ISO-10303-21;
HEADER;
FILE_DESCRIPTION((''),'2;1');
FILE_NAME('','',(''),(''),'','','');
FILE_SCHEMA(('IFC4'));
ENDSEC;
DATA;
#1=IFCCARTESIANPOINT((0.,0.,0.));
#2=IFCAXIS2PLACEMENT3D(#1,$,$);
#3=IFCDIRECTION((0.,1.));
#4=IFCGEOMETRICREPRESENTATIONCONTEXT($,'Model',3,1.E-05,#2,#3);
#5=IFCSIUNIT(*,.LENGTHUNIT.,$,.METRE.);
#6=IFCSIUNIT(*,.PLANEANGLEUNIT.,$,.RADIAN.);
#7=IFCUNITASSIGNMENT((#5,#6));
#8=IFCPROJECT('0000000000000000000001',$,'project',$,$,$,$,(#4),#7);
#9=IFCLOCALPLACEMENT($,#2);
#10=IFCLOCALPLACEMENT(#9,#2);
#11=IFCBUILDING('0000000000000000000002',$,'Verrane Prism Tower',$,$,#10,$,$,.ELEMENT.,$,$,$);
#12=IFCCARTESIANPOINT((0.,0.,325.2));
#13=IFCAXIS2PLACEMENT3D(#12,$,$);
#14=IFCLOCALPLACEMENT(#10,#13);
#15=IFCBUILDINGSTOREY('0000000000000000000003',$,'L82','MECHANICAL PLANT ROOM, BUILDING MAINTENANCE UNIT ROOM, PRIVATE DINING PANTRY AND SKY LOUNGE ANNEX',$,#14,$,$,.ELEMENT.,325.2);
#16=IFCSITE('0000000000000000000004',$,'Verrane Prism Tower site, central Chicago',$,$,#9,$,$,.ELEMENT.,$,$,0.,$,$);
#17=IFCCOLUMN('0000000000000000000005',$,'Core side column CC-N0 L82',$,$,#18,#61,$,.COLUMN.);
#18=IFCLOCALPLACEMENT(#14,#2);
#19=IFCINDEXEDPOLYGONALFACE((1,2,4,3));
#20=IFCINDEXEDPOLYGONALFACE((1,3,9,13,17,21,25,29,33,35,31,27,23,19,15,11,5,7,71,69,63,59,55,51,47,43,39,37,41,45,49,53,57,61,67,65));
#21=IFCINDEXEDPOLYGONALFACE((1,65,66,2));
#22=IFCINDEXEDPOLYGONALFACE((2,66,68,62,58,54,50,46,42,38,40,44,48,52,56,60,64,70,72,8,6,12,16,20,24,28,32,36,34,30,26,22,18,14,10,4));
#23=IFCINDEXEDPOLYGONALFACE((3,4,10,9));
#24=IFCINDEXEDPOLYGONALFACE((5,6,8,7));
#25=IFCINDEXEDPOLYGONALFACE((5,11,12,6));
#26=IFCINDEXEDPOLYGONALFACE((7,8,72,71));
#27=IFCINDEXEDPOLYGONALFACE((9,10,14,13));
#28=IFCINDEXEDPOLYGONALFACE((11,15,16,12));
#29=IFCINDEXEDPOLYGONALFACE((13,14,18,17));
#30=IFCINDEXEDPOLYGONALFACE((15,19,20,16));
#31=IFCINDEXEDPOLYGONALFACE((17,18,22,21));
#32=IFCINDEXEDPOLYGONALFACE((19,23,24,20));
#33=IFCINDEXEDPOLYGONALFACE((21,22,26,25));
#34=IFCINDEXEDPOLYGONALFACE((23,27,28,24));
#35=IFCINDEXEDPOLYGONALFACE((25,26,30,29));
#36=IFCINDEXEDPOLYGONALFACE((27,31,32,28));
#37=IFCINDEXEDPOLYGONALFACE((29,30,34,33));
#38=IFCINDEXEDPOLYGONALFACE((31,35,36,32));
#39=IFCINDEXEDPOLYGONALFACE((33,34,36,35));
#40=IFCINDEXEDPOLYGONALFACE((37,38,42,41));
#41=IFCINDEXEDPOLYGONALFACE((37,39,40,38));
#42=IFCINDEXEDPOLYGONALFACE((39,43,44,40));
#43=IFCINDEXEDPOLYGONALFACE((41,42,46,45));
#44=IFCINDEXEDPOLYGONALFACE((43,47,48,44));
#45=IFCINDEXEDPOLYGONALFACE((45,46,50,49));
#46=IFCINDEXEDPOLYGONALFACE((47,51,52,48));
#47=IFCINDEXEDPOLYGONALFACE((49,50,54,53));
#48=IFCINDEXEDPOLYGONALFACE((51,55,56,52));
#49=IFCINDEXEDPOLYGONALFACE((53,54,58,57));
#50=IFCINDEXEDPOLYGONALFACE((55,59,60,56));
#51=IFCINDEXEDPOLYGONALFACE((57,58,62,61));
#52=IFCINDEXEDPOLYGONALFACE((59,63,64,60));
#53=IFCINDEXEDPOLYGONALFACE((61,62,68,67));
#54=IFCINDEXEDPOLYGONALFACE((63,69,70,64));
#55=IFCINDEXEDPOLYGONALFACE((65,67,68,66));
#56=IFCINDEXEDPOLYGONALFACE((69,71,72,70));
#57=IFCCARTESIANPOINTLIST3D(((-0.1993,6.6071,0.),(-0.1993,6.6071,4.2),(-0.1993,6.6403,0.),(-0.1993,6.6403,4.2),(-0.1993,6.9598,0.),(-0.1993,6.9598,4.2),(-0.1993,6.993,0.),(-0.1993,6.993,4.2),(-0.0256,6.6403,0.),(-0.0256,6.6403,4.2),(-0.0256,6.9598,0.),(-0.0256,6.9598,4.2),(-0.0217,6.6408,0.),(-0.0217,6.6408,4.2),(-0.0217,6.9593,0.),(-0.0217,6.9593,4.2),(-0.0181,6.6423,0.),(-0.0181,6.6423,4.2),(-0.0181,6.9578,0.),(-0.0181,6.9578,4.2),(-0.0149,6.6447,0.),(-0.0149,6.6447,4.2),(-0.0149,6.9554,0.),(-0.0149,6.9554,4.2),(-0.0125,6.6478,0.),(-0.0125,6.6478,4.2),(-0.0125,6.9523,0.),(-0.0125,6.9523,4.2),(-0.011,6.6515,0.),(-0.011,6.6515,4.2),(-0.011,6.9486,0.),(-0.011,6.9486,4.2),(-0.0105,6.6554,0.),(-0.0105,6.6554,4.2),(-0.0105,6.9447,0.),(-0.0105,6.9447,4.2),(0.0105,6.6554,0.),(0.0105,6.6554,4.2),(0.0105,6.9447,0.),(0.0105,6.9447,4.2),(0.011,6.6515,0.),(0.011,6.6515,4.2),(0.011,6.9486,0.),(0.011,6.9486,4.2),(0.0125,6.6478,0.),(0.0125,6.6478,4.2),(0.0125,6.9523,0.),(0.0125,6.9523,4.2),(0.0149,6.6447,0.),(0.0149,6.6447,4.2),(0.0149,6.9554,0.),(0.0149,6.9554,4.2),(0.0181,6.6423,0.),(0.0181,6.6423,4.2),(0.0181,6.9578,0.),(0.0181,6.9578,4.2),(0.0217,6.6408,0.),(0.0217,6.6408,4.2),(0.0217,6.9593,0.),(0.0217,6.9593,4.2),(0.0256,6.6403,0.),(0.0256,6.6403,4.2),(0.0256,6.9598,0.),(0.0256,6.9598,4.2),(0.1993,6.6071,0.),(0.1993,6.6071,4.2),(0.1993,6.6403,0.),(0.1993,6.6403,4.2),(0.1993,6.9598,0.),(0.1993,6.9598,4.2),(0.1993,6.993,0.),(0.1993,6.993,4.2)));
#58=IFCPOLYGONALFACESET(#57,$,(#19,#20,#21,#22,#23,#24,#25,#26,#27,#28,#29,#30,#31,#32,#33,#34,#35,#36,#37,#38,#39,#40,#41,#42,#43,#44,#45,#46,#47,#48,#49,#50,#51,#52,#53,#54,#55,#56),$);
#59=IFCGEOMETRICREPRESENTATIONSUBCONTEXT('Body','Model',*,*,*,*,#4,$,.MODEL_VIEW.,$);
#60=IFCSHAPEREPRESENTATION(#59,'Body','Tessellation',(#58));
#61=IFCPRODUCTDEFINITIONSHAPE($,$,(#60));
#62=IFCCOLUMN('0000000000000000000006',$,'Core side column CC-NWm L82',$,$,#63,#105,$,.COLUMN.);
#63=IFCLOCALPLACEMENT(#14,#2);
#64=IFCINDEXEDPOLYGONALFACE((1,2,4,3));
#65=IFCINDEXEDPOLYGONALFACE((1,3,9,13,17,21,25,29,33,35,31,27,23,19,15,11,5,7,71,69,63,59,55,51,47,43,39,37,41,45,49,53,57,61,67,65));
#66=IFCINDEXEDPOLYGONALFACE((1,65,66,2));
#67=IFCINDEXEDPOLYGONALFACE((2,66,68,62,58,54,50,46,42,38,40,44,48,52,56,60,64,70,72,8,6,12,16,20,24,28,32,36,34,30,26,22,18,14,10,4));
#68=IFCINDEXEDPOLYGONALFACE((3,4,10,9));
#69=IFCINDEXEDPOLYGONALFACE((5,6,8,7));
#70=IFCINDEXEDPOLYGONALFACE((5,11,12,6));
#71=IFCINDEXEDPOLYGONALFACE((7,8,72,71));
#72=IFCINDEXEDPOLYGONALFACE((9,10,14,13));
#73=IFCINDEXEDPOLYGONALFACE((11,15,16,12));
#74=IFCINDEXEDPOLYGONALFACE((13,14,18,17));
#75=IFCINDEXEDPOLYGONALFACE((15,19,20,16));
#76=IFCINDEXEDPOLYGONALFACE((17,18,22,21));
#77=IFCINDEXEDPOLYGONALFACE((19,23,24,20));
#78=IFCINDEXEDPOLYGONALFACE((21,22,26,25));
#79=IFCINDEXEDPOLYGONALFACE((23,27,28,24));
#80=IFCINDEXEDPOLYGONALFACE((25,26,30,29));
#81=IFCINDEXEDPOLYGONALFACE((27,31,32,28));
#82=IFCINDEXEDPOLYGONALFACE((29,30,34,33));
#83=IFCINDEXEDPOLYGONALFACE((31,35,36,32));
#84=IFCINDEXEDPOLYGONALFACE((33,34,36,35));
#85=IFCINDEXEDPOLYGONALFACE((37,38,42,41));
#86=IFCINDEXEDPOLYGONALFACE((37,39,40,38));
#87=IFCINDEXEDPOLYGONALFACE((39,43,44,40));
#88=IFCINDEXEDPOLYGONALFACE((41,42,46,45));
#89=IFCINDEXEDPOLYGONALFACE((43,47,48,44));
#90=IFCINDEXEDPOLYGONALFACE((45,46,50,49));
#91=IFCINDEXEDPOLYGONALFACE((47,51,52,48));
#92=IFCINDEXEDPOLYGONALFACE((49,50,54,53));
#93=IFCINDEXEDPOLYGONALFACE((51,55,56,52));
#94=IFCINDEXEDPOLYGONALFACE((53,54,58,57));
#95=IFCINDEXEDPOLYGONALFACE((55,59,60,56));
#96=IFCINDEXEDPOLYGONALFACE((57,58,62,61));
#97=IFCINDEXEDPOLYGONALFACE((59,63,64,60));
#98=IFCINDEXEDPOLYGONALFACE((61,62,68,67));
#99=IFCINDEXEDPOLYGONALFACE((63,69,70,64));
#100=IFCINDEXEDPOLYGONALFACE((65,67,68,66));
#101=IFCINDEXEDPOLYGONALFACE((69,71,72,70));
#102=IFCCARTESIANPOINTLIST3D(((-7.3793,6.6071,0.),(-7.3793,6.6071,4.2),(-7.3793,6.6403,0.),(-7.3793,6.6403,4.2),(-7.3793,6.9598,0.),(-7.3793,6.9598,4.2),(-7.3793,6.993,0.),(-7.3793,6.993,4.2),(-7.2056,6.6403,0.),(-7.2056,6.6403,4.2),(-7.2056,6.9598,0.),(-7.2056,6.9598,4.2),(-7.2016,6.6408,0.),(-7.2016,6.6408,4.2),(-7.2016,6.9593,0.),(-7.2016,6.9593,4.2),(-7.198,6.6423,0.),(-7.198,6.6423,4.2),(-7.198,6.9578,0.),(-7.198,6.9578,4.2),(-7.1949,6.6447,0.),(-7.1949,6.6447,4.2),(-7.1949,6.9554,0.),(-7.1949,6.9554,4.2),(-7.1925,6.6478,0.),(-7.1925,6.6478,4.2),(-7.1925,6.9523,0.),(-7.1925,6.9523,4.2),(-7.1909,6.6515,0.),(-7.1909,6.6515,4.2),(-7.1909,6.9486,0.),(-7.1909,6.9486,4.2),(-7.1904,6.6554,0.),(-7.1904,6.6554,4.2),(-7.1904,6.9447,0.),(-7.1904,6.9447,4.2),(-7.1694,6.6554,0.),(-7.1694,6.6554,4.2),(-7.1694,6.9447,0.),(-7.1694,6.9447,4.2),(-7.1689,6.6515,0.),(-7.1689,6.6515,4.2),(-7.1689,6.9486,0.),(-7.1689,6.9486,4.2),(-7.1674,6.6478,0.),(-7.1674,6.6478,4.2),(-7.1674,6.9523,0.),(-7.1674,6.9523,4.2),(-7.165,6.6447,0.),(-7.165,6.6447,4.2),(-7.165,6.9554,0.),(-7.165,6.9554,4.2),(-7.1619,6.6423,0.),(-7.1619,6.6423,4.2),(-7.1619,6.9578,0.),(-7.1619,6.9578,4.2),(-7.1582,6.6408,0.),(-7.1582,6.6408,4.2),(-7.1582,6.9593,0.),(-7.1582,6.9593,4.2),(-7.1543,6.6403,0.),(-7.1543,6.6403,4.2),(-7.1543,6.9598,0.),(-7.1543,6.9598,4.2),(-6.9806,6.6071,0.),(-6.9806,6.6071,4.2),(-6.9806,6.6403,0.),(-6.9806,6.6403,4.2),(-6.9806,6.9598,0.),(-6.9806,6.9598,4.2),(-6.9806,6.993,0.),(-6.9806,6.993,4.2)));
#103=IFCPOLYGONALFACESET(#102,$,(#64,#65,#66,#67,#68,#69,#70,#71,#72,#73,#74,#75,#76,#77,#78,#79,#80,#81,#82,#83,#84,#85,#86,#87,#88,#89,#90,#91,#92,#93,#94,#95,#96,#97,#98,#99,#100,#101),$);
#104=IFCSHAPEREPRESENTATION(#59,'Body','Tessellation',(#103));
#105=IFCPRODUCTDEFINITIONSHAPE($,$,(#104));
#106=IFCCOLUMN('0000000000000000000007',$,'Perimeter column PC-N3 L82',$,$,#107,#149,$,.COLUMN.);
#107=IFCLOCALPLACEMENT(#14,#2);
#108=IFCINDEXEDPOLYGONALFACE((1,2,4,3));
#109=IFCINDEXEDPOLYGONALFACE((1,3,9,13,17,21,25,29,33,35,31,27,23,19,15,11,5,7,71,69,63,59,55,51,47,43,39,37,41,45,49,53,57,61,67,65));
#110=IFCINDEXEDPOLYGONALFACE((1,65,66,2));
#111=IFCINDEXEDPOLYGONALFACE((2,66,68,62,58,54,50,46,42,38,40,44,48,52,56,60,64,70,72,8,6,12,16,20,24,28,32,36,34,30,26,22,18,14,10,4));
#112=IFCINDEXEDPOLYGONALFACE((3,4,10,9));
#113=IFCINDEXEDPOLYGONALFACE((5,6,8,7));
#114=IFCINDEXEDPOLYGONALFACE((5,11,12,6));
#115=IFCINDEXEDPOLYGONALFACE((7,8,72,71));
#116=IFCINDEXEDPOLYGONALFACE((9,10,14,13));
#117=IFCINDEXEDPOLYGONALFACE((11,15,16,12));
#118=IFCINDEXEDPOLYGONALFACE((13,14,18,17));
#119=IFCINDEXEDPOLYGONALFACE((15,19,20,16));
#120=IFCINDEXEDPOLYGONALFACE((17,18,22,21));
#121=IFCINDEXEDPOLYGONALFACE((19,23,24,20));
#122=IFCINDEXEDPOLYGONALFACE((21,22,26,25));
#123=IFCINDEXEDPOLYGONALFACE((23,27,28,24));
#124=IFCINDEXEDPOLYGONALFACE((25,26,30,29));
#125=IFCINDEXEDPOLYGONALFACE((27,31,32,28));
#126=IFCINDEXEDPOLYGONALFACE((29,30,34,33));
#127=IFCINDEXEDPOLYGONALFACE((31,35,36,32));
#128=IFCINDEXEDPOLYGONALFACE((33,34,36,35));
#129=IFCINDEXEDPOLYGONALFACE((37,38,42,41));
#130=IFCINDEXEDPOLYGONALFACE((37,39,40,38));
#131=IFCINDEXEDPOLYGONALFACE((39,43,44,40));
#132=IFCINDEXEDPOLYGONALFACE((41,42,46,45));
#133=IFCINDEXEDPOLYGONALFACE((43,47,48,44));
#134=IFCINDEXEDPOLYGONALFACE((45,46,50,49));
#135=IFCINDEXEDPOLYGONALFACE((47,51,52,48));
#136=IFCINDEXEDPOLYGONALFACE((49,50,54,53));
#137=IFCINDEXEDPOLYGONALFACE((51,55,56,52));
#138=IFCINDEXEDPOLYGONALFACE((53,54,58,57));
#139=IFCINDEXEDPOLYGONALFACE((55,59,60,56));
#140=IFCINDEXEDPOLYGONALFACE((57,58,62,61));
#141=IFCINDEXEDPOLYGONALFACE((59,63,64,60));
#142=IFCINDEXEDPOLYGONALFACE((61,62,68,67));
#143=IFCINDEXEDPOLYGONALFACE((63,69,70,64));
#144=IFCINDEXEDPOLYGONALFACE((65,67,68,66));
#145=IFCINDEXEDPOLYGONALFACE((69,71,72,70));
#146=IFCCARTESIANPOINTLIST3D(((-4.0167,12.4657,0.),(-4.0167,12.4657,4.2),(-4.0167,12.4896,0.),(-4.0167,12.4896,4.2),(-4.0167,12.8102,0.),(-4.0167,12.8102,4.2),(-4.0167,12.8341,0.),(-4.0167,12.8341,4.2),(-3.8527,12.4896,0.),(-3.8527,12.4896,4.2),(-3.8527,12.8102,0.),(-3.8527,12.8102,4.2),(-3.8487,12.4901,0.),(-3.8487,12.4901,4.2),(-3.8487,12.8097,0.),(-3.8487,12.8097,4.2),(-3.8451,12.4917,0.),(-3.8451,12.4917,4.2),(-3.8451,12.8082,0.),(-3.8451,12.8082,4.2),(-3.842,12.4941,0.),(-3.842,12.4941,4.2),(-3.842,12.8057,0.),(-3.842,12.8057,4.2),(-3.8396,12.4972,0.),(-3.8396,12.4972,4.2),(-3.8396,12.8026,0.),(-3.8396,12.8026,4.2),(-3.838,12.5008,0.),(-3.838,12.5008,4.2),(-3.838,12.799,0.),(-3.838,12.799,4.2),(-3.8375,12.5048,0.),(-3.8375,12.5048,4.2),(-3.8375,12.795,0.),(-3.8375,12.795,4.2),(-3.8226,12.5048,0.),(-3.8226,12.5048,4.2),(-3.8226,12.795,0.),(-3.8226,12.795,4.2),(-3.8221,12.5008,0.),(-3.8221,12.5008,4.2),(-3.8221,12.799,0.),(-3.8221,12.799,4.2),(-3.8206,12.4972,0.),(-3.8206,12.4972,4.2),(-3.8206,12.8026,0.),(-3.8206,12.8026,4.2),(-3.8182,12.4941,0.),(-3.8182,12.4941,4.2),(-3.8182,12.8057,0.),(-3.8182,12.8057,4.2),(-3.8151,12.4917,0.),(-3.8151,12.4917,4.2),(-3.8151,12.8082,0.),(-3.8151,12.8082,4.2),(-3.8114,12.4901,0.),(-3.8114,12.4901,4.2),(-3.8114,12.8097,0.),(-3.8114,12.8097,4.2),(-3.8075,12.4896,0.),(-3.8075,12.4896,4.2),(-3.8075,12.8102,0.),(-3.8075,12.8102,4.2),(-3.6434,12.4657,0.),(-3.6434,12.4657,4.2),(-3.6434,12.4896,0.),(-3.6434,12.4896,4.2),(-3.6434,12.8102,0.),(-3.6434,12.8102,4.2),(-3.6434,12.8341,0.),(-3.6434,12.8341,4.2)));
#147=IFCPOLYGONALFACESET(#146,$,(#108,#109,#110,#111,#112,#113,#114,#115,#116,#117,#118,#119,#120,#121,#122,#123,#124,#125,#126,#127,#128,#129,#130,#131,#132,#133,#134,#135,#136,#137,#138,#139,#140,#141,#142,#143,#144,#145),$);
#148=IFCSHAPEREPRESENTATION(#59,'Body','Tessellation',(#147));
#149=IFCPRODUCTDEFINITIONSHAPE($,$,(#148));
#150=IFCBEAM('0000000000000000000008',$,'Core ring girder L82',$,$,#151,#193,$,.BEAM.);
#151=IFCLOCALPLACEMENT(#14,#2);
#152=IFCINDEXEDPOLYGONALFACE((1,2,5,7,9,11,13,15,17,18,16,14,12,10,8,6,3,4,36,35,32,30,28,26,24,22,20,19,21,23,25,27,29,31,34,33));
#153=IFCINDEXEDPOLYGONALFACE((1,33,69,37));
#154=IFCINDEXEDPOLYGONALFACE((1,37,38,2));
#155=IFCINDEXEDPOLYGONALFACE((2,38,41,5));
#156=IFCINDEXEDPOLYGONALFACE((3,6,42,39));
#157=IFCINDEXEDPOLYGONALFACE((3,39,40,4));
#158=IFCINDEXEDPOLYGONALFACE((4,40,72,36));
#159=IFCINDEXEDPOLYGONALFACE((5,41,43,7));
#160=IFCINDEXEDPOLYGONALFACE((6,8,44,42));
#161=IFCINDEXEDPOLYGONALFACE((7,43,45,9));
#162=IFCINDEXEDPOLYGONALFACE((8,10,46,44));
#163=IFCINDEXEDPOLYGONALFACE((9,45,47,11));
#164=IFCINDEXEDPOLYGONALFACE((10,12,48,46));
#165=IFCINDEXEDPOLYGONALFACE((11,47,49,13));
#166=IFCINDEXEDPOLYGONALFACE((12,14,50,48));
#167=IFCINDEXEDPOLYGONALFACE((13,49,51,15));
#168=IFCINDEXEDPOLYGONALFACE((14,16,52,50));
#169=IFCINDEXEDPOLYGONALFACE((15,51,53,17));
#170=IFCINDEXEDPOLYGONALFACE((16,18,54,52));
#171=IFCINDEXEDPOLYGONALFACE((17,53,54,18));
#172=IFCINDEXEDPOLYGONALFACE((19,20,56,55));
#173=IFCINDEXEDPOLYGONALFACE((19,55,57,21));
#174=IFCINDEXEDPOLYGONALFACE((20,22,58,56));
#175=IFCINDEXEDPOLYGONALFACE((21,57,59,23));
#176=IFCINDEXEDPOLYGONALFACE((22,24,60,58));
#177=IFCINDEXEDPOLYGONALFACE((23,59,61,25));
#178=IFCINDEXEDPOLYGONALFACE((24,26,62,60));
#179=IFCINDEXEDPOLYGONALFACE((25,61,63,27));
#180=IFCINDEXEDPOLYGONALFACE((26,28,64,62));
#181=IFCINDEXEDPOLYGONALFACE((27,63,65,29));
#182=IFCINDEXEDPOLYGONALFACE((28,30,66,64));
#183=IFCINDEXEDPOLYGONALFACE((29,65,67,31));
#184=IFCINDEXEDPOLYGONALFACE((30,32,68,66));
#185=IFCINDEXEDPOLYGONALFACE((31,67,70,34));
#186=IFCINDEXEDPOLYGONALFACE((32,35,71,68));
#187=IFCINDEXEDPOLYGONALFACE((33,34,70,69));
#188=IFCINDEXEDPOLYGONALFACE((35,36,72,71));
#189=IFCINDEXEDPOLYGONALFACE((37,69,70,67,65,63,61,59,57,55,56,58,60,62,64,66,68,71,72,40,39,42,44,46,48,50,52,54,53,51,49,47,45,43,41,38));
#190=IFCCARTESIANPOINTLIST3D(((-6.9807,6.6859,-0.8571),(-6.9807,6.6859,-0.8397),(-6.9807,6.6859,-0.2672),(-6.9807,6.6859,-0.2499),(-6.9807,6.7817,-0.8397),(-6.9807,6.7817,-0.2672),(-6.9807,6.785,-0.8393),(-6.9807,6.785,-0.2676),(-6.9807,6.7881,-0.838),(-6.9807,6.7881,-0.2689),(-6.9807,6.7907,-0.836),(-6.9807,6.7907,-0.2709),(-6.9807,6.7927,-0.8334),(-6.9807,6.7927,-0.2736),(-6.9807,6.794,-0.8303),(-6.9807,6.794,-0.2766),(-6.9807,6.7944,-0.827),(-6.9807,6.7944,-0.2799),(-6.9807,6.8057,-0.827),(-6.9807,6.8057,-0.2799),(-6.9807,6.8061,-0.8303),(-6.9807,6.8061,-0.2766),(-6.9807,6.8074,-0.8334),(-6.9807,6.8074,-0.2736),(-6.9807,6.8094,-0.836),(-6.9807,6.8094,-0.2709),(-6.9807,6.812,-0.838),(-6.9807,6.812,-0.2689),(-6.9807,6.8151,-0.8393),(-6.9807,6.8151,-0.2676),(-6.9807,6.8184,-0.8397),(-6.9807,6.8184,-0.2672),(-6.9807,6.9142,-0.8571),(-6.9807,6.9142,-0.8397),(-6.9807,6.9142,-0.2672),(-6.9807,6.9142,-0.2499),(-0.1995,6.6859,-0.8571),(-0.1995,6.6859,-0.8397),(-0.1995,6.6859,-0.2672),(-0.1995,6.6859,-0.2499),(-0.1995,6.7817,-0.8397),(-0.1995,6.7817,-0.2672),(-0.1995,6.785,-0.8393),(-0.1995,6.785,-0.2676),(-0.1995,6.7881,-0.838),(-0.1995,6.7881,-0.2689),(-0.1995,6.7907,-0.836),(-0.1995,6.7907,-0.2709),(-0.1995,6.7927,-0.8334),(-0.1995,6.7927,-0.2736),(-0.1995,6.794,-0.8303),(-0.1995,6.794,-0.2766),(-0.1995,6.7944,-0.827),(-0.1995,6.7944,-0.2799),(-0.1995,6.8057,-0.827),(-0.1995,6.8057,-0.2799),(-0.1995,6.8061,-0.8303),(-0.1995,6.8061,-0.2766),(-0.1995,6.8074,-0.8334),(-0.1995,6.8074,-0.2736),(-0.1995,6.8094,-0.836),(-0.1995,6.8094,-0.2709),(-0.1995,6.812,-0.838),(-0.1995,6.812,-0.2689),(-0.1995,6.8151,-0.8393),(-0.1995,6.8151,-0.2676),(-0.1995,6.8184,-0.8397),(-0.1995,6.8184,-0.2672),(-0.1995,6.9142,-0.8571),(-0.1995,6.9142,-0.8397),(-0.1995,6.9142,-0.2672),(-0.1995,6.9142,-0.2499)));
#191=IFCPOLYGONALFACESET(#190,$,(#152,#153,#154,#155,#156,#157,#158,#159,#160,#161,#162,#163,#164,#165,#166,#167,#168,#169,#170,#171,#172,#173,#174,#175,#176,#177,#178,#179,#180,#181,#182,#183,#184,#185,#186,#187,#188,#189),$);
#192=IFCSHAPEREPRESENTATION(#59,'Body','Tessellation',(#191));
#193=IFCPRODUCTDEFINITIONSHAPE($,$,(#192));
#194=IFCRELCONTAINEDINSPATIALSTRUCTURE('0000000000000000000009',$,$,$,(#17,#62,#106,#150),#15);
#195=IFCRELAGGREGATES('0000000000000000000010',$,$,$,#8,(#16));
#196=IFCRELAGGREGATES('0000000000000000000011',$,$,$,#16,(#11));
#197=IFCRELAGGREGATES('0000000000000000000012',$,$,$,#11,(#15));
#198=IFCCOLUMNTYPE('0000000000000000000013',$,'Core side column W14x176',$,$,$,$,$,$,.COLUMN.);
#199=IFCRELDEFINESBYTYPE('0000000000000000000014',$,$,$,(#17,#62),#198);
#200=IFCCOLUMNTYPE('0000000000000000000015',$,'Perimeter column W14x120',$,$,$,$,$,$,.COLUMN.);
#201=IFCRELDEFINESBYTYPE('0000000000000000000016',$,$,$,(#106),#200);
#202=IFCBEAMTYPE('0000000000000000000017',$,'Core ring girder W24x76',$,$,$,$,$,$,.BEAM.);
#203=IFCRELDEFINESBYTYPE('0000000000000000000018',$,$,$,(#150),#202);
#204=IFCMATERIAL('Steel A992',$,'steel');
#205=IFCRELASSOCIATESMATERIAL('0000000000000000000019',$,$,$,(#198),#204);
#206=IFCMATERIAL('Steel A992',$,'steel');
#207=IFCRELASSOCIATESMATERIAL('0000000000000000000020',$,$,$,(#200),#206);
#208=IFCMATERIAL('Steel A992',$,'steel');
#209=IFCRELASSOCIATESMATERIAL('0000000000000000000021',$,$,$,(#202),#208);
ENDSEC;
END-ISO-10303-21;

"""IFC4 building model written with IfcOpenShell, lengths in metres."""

from ifc_helpers import new_model, si_unit, direction, frame, origin, origin_2d, place, context, subcontext, project, spatial, i_section, extrude, material, material_profile, profile_set, type_object, element, save


model = new_model("IFC4")

# Units and contexts
model_context = context("Model", 3, precision=1e-05, world=origin(), true_north=direction((0.0, 1.0)))
body_context = subcontext(model_context, "Body", "Model", "MODEL_VIEW")
ifc_project = project(units=[si_unit("LENGTHUNIT", "METRE"), si_unit("PLANEANGLEUNIT", "RADIAN")], contexts=[model_context])

# Site, building, storey
site_placement = place(None, origin())
site = spatial("IfcSite", under=ifc_project, at=site_placement, Name="Verrane Prism Tower site, central Chicago", CompositionType="ELEMENT", RefElevation=0.0)
building_placement = place(site_placement, origin())
building = spatial("IfcBuilding", under=site, at=building_placement, Name="Verrane Prism Tower", CompositionType="ELEMENT")
storey_placement = place(building_placement, frame((0.0, 0.0, 325.2)))
storey = spatial("IfcBuildingStorey", under=building, at=storey_placement, Name="L82", Description="MECHANICAL PLANT ROOM, BUILDING MAINTENANCE UNIT ROOM, PRIVATE DINING PANTRY AND SKY LOUNGE ANNEX", CompositionType="ELEMENT", Elevation=325.2)

# Columns
ifc_material_1 = material(Name="Steel A992", Category="steel")
ifc_material_profile_1 = material_profile(ifc_material_1, i_section(OverallWidth=0.3987, OverallDepth=0.386, WebThickness=0.021, FlangeThickness=0.0332, FilletRadius=0.0151, at=origin_2d()), Name="W14x176")
ifc_profile_set_1 = profile_set([ifc_material_profile_1], Name="Steel A992")
column_type_1 = type_object("IfcColumnType", Name="Core side column W14x176", PredefinedType="COLUMN", material=ifc_profile_set_1)
for number, where, z_axis, x_axis, name in (
    (1, (0.0, 6.8, 0.0), (0.0, 0.0, 1.0), (1.0, 0.0, 0.0), "Core side column CC-N0 L82"),
    (2, (-7.1799, 6.8, 0.0), (0.0, 0.0, 1.0), (1.0, 0.0, 0.0), "Core side column CC-NWm L82"),
):
    element("IfcColumn", number, at=place(storey_placement, frame(where, z_axis=z_axis, x_axis=x_axis)), inside=storey, type_object=column_type_1, Name=name, PredefinedType="COLUMN", context=body_context, shape_type="SweptSolid", body=[
        extrude(i_section(OverallWidth=0.3987, OverallDepth=0.386, WebThickness=0.021, FlangeThickness=0.0332, FilletRadius=0.0151, at=origin_2d()), origin(), (0.0, 0.0, 1.0), 4.2),
    ])
ifc_material_2 = material(Name="Steel A992", Category="steel")
ifc_material_profile_2 = material_profile(ifc_material_2, i_section(OverallWidth=0.3733, OverallDepth=0.3684, WebThickness=0.0149, FlangeThickness=0.0239, FilletRadius=0.0151, at=origin_2d()), Name="W14x120")
ifc_profile_set_2 = profile_set([ifc_material_profile_2], Name="Steel A992")
column_type_2 = type_object("IfcColumnType", Name="Perimeter column W14x120", PredefinedType="COLUMN", material=ifc_profile_set_2)
column_placement = place(storey_placement, frame((-3.8301, 12.6499, 0.0), z_axis=(0.0, 0.0, 1.0), x_axis=(1.0, 0.0, 0.0)))
element("IfcColumn", 3, at=column_placement, inside=storey, type_object=column_type_2, Name="Perimeter column PC-N3 L82", PredefinedType="COLUMN", context=body_context, shape_type="SweptSolid", body=[
    extrude(i_section(OverallWidth=0.3733, OverallDepth=0.3684, WebThickness=0.0149, FlangeThickness=0.0239, FilletRadius=0.0151, at=origin_2d()), origin(), (0.0, 0.0, 1.0), 4.2),
])

# Beam
ifc_material_3 = material(Name="Steel A992", Category="steel")
ifc_material_profile_3 = material_profile(ifc_material_3, i_section(OverallWidth=0.2283, OverallDepth=0.6072, WebThickness=0.0112, FlangeThickness=0.0173, FilletRadius=0.0127, at=origin_2d()), Name="W24x76")
ifc_profile_set_3 = profile_set([ifc_material_profile_3], Name="Steel A992")
beam_type_1 = type_object("IfcBeamType", Name="Core ring girder W24x76", PredefinedType="BEAM", material=ifc_profile_set_3)
beam_1_placement = place(storey_placement, frame((-0.1995, 6.8, -0.5535), z_axis=(-1.0, 0.0, 0.0), x_axis=(0.0, -1.0, 0.0)))
element("IfcBeam", 4, at=beam_1_placement, inside=storey, type_object=beam_type_1, Name="Core ring girder L82", PredefinedType="BEAM", context=body_context, shape_type="SweptSolid", body=[
    extrude(i_section(OverallWidth=0.2283, OverallDepth=0.6072, WebThickness=0.0112, FlangeThickness=0.0173, FilletRadius=0.0127, at=origin_2d()), origin(), (0.0, 0.0, 1.0), 6.7812),
])

save(model, "model.ifc")
